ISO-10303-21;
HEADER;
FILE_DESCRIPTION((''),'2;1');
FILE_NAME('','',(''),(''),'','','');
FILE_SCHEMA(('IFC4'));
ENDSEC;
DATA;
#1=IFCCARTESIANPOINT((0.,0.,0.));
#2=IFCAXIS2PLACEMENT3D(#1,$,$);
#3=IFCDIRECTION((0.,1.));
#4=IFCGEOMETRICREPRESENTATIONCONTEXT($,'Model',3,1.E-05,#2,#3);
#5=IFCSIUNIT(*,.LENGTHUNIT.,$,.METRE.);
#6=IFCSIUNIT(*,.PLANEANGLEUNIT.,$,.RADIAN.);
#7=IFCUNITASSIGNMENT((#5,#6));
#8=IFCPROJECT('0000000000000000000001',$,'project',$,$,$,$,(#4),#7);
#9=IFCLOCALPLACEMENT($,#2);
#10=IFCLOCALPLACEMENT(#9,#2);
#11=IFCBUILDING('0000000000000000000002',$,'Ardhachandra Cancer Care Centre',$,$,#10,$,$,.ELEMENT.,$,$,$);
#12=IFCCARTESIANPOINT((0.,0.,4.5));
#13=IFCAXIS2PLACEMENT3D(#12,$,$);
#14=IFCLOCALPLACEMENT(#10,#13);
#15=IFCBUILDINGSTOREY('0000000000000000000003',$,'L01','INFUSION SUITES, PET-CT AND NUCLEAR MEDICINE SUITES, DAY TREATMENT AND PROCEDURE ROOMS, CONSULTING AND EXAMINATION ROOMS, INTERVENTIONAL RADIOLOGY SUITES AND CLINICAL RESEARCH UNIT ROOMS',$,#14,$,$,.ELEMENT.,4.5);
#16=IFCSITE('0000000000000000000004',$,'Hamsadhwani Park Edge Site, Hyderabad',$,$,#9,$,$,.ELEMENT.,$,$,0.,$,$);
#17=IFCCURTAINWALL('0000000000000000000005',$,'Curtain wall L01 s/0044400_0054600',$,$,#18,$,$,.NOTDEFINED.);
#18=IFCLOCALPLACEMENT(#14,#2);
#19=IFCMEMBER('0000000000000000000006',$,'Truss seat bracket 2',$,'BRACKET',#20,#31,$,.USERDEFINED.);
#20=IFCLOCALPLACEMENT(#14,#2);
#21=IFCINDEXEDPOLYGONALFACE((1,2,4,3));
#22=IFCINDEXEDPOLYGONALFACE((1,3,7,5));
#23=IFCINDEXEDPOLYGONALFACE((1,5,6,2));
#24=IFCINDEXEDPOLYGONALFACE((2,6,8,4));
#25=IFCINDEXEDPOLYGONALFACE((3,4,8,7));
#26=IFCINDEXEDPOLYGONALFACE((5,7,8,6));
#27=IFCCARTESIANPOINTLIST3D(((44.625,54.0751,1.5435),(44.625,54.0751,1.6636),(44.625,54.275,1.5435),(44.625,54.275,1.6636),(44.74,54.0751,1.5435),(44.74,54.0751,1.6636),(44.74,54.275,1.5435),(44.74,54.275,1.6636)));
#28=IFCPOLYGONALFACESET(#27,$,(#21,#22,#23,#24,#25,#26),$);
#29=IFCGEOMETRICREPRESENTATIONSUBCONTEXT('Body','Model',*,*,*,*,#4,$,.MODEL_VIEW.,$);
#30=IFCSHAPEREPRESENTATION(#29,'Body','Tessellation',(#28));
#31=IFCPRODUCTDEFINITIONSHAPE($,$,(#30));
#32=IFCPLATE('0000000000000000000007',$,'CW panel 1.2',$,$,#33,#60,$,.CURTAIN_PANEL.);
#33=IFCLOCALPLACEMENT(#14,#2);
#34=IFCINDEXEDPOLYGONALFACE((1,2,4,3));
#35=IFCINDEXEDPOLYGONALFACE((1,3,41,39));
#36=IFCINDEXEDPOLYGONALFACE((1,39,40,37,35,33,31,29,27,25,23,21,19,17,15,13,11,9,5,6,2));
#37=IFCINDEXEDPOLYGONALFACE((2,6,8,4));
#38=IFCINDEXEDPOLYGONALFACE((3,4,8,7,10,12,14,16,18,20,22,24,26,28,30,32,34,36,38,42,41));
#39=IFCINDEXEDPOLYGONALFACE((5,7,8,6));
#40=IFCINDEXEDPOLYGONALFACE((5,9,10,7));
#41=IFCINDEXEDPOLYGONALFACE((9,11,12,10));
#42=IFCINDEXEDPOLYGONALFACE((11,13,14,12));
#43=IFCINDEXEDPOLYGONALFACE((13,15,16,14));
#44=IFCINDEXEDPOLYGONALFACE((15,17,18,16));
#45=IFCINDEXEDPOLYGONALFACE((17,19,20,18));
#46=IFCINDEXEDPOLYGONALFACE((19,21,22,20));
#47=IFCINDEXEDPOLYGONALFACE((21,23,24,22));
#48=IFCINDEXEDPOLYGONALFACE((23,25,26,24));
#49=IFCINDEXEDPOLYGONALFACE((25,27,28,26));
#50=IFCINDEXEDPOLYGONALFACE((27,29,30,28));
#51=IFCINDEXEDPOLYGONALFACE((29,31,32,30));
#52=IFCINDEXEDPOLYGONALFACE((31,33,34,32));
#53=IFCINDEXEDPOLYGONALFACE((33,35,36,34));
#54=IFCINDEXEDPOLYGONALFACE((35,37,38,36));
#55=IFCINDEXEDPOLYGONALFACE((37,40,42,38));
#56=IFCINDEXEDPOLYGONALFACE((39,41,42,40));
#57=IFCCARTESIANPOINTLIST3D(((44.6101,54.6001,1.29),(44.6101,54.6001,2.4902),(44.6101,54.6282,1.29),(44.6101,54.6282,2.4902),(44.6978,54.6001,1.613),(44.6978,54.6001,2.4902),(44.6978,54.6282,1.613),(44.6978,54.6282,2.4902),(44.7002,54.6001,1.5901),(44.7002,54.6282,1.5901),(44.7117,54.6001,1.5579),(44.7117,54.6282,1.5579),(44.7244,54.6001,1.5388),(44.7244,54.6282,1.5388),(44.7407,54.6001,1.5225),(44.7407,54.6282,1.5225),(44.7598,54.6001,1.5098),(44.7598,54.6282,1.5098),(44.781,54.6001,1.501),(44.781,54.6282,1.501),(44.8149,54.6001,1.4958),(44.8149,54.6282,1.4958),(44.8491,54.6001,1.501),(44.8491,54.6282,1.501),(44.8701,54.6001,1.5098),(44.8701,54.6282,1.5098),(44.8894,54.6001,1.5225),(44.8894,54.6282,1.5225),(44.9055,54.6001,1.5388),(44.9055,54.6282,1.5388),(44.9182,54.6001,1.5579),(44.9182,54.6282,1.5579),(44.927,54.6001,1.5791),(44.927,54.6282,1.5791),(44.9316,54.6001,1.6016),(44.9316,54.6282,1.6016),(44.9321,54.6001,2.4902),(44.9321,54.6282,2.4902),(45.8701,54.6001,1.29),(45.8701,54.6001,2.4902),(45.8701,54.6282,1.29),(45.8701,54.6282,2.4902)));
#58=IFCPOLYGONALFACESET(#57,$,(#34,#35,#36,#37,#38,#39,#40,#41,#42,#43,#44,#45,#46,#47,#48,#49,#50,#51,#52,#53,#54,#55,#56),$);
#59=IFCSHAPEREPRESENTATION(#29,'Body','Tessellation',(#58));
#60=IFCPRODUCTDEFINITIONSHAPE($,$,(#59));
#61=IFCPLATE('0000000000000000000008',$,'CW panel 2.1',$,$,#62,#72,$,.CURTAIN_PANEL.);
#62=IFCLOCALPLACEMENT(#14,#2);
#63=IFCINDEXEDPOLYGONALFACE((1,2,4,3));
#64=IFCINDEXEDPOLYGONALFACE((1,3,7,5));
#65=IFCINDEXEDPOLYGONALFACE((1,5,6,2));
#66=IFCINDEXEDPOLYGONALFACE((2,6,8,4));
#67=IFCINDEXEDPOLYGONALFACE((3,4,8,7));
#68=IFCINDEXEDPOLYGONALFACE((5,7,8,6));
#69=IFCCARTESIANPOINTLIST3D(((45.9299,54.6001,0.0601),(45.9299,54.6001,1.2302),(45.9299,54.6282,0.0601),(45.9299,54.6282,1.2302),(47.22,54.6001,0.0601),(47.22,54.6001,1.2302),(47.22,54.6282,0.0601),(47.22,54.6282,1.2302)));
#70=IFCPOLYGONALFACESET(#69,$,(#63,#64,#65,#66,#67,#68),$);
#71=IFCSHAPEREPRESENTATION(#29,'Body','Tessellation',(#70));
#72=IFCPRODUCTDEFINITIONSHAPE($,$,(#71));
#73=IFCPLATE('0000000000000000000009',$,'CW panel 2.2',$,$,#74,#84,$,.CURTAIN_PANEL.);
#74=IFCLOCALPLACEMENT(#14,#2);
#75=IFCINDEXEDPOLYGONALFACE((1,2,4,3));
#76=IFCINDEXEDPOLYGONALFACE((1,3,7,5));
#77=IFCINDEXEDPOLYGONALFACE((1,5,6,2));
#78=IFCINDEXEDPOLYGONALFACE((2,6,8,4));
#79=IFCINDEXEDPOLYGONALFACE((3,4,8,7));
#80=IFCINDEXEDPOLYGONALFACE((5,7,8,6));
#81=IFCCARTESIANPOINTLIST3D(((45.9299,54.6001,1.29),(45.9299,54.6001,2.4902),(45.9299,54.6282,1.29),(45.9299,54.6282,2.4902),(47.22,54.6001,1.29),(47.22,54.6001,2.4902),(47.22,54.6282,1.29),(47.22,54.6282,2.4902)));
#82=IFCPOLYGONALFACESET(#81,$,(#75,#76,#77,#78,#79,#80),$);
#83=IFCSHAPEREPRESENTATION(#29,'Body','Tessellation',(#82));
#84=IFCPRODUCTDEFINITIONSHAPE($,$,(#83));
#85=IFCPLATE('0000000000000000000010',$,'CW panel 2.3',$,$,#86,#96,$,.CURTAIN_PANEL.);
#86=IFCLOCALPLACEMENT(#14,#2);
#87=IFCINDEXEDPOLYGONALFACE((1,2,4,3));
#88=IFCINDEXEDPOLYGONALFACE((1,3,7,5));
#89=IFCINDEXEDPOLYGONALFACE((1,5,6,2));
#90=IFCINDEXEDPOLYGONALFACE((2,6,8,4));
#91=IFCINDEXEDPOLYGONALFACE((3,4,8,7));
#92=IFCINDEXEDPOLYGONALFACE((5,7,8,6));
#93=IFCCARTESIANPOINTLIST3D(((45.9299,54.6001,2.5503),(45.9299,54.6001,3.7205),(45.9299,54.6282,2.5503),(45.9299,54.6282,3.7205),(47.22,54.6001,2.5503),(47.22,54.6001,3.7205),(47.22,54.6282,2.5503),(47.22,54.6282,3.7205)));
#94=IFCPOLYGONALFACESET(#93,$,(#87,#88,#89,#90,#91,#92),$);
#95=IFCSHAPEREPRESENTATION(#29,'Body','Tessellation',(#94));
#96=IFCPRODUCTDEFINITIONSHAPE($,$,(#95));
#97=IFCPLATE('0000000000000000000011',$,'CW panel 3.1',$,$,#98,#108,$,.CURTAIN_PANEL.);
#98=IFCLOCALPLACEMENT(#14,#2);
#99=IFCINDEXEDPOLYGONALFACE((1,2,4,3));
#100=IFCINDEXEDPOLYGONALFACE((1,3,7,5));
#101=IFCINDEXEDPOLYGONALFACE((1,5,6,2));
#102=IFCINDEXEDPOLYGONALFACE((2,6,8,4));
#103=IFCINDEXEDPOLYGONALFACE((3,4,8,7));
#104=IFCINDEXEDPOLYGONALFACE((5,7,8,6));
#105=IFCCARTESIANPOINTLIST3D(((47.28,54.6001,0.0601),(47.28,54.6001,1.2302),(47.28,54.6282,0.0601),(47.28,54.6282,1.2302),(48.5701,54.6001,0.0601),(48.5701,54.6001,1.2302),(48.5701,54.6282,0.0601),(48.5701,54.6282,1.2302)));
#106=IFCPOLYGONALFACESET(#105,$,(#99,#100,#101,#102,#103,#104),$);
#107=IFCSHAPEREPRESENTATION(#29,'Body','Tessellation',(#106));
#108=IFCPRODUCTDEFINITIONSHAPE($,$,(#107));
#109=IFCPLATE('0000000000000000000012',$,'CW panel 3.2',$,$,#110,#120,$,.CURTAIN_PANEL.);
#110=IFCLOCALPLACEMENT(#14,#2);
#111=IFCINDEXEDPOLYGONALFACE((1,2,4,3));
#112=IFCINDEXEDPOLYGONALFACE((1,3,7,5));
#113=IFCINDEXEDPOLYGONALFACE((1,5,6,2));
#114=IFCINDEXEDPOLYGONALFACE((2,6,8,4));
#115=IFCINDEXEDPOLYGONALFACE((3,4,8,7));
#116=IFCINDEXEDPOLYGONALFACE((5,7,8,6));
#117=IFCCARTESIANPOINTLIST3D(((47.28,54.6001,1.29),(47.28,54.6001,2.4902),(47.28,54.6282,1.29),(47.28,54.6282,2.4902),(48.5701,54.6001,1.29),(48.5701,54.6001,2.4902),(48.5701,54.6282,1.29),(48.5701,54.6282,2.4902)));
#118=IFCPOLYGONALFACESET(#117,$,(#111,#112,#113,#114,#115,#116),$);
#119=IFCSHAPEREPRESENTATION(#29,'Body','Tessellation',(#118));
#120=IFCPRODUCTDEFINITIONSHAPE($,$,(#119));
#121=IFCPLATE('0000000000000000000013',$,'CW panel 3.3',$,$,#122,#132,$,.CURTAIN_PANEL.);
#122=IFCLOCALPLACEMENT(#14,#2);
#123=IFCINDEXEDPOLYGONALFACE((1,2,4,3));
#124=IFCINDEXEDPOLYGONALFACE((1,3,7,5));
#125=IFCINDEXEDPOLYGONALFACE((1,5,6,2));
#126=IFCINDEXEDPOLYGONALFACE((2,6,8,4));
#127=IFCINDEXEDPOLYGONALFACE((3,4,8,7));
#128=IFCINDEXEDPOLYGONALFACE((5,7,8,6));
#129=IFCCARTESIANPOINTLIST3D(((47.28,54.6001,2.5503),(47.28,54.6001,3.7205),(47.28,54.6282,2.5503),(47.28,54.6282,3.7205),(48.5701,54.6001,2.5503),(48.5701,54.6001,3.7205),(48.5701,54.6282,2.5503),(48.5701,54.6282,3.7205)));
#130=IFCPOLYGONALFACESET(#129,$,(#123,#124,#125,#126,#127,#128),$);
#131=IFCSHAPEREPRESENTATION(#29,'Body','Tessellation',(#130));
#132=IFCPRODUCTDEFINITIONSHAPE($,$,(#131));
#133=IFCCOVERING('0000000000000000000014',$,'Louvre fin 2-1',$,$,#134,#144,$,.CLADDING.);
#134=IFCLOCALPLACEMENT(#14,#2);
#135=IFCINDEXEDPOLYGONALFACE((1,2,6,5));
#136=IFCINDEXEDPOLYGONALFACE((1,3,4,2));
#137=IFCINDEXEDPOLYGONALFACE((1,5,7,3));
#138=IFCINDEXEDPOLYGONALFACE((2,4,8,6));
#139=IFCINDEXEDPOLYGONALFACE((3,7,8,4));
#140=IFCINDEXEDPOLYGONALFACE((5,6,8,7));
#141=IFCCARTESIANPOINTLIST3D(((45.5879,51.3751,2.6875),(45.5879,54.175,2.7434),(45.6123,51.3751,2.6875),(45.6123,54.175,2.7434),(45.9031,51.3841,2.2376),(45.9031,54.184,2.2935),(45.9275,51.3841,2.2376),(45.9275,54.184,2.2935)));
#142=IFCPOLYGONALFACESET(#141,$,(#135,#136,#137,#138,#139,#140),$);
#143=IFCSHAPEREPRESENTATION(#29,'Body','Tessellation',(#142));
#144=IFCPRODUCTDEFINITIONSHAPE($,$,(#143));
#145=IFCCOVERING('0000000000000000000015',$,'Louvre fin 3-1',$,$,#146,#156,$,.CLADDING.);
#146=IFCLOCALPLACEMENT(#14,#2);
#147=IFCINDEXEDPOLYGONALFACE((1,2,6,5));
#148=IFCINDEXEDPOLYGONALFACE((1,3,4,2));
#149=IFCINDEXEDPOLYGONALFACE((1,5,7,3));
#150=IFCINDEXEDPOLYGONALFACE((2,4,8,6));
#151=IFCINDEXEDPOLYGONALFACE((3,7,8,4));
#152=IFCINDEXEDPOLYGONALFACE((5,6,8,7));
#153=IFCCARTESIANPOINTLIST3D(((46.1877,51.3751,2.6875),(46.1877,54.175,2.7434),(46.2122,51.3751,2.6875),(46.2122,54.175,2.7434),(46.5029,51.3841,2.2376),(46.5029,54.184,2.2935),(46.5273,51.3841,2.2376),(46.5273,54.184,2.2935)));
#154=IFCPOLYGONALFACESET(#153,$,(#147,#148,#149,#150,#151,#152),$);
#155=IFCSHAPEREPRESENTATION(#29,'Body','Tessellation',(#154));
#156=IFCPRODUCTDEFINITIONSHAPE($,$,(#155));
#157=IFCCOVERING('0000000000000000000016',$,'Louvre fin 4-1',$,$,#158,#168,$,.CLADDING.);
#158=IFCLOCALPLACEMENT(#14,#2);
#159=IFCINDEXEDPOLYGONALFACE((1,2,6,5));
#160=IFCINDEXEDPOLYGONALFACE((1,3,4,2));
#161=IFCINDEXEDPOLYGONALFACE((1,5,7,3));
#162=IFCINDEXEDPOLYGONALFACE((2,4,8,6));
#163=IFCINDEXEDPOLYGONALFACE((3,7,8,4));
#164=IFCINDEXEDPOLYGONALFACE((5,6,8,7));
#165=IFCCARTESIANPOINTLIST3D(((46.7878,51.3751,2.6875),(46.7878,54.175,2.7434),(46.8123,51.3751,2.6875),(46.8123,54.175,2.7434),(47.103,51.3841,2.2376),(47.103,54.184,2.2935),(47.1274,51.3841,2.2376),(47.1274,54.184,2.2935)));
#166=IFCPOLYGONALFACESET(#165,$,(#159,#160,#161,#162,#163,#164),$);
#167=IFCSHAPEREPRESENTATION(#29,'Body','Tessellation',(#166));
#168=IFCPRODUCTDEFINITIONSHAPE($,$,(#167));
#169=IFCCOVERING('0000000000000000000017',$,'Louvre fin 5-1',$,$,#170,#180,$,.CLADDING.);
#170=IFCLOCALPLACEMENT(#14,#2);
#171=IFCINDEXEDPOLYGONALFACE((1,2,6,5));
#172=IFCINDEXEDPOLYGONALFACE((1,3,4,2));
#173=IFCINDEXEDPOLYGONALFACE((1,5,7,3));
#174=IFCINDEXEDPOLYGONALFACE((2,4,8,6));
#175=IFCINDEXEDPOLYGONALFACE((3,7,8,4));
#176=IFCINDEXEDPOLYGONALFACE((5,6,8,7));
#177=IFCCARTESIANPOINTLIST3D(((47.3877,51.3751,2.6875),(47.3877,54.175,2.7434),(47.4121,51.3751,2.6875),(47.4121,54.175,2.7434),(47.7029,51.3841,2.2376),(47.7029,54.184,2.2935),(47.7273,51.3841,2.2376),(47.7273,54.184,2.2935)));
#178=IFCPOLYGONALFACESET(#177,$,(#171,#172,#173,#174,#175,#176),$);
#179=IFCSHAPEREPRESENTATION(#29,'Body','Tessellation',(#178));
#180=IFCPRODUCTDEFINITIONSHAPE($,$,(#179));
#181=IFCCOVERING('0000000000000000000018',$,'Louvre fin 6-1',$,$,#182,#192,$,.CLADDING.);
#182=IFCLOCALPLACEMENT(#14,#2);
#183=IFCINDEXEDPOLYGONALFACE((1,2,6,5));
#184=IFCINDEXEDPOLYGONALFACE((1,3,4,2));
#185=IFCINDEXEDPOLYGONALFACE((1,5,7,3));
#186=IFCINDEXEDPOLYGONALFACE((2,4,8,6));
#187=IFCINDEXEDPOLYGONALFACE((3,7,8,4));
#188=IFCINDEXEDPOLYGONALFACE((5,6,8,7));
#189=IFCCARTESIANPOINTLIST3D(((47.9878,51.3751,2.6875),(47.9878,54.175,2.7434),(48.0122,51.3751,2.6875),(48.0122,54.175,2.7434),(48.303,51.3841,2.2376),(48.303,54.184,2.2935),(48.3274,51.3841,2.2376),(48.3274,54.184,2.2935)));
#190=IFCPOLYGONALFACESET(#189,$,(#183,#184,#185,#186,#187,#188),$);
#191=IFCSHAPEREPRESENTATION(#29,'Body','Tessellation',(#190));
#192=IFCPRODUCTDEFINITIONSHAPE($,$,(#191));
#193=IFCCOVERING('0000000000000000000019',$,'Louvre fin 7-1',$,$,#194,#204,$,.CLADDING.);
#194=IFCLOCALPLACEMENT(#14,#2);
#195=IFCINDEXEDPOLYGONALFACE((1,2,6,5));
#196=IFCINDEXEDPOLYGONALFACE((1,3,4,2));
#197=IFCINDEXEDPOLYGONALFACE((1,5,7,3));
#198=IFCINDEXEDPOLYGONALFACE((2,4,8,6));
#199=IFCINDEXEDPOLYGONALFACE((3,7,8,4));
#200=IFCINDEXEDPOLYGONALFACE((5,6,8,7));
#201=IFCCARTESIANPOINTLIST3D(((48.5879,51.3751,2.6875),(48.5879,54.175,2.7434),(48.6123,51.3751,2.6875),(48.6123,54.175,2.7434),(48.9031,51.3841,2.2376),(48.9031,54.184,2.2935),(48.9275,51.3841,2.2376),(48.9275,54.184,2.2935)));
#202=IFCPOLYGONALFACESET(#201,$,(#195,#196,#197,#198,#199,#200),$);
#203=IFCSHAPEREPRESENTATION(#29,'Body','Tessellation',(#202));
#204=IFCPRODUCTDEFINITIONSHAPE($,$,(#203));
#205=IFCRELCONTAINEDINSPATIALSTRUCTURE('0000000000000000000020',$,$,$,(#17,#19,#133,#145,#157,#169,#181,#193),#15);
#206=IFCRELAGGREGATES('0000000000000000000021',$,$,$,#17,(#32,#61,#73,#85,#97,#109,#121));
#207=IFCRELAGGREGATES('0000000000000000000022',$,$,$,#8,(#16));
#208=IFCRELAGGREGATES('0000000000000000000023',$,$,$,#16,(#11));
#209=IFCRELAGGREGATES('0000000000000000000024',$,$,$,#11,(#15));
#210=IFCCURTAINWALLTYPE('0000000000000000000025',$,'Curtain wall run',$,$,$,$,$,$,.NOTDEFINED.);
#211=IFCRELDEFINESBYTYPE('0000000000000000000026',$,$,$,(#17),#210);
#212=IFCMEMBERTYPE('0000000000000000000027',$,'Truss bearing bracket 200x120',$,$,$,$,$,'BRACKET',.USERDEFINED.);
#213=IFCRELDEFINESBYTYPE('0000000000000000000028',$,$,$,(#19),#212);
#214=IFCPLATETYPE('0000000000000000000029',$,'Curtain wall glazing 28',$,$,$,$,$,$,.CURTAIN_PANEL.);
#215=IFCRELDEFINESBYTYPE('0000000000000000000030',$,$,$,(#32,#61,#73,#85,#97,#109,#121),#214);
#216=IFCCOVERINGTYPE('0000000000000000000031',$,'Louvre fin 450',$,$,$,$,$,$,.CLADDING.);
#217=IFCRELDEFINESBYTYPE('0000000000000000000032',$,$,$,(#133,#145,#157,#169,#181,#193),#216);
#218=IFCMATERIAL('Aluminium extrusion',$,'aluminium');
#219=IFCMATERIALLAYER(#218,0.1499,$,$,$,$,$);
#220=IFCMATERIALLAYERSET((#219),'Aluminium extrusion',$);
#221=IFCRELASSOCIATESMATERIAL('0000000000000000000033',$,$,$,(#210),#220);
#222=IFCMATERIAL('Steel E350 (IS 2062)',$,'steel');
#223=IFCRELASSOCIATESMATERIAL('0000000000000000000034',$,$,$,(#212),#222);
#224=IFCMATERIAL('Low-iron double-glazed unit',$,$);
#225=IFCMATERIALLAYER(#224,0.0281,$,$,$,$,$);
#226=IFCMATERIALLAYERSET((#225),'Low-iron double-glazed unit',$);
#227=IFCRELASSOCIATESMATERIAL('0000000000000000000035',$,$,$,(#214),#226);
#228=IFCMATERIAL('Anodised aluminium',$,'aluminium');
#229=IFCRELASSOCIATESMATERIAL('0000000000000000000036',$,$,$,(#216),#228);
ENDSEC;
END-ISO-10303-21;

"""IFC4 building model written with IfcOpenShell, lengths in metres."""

from ifc_helpers import new_model, si_unit, direction, frame, origin, origin_2d, place, context, subcontext, project, spatial, polyline, rectangle, outline, extrude, material, layer, layer_set, material_profile, profile_set, type_object, element, aggregate, save


model = new_model("IFC4")

# Units and contexts
model_context = context("Model", 3, precision=1e-05, world=origin(), true_north=direction((0.0, 1.0)))
body_context = subcontext(model_context, "Body", "Model", "MODEL_VIEW")
ifc_project = project(units=[si_unit("LENGTHUNIT", "METRE"), si_unit("PLANEANGLEUNIT", "RADIAN")], contexts=[model_context])

# Site, building, storey
site_placement = place(None, origin())
site = spatial("IfcSite", under=ifc_project, at=site_placement, Name="Hamsadhwani Park Edge Site, Hyderabad", CompositionType="ELEMENT", RefElevation=0.0)
building_placement = place(site_placement, origin())
building = spatial("IfcBuilding", under=site, at=building_placement, Name="Ardhachandra Cancer Care Centre", CompositionType="ELEMENT")
storey_placement = place(building_placement, frame((0.0, 0.0, 4.5)))
storey = spatial("IfcBuildingStorey", under=building, at=storey_placement, Name="L01", Description="INFUSION SUITES, PET-CT AND NUCLEAR MEDICINE SUITES, DAY TREATMENT AND PROCEDURE ROOMS, CONSULTING AND EXAMINATION ROOMS, INTERVENTIONAL RADIOLOGY SUITES AND CLINICAL RESEARCH UNIT ROOMS", CompositionType="ELEMENT", Elevation=4.5)

# Curtain wall
ifc_material_1 = material(Name="Aluminium extrusion", Category="aluminium")
ifc_layer_1 = layer(ifc_material_1, 0.1499)
ifc_layer_set_1 = layer_set([ifc_layer_1], Name="Aluminium extrusion")
curtain_wall_type = type_object("IfcCurtainWallType", Name="Curtain wall run", PredefinedType="NOTDEFINED", material=ifc_layer_set_1)
curtain_wall_placement = place(storey_placement, origin())
curtain_wall = element("IfcCurtainWall", 1, at=curtain_wall_placement, inside=storey, type_object=curtain_wall_type, Name="Curtain wall L01 s/0044400_0054600", PredefinedType="NOTDEFINED")

# Member
ifc_material_2 = material(Name="Steel E350 (IS 2062)", Category="steel")
ifc_material_profile_1 = material_profile(ifc_material_2, rectangle(XDim=0.2, YDim=0.1201, at=origin_2d()), Name="PL 200x120")
ifc_profile_set_1 = profile_set([ifc_material_profile_1], Name="Steel E350 (IS 2062)")
member_type_1 = type_object("IfcMemberType", Name="Truss bearing bracket 200x120", ElementType="BRACKET", PredefinedType="USERDEFINED", material=ifc_profile_set_1)
member_1_placement = place(storey_placement, frame((44.625, 54.175, 1.6035), z_axis=(1.0, 0.0, 0.0), x_axis=(0.0, 1.0, 0.0)))
element("IfcMember", 2, at=member_1_placement, inside=storey, type_object=member_type_1, Name="Truss seat bracket 2", ObjectType="BRACKET", PredefinedType="USERDEFINED", context=body_context, shape_type="SweptSolid", body=[
    extrude(rectangle(XDim=0.2, YDim=0.1201, at=origin_2d()), origin(), (0.0, 0.0, 1.0), 0.115),
])

# Plates
ifc_material_3 = material(Name="Low-iron double-glazed unit")
ifc_layer_2 = layer(ifc_material_3, 0.0281)
ifc_layer_set_2 = layer_set([ifc_layer_2], Name="Low-iron double-glazed unit")
plate_type = type_object("IfcPlateType", Name="Curtain wall glazing 28", PredefinedType="CURTAIN_PANEL", material=ifc_layer_set_2)
plate_1_placement = place(storey_placement, frame((45.8701, 54.6001, 2.4902), z_axis=(0.0, 1.0, 0.0), x_axis=(0.0, 0.0, -1.0)))
plate_1 = element("IfcPlate", 3, at=plate_1_placement, type_object=plate_type, Name="CW panel 1.2", PredefinedType="CURTAIN_PANEL", context=body_context, shape_type="SweptSolid", body=[
    extrude(outline(polyline([(0.0, 0.0), (1.2002, 0.0), (1.2002, 1.26), (0.0, 1.26), (0.0, 1.1724), (0.8772, 1.1724), (0.9001, 1.1699), (0.9324, 1.1584), (0.9514, 1.1458), (0.9678, 1.1294), (0.9805, 1.1104), (0.9893, 1.0891), (0.9944, 1.0552), (0.9893, 1.021), (0.9805, 1.0), (0.9678, 0.9807), (0.9514, 0.9646), (0.9324, 0.9519), (0.9111, 0.9431), (0.8887, 0.9385), (0.0, 0.938), (0.0, 0.0)])), origin(), (0.0, 0.0, 1.0), 0.0281),
])
plate_2_placement = place(storey_placement, frame((45.9299, 54.6001, 0.0601), z_axis=(0.0, 1.0, 0.0), x_axis=(0.0, 0.0, 1.0)))
plate_2 = element("IfcPlate", 4, at=plate_2_placement, type_object=plate_type, Name="CW panel 2.1", PredefinedType="CURTAIN_PANEL", context=body_context, shape_type="SweptSolid", body=[
    extrude(outline(polyline([(0.0, 0.0), (1.1702, 0.0), (1.1702, 1.29), (0.0, 1.29), (0.0, 0.0)])), origin(), (0.0, 0.0, 1.0), 0.0281),
])
plate_3_placement = place(storey_placement, frame((45.9299, 54.6001, 1.29), z_axis=(0.0, 1.0, 0.0), x_axis=(0.0, 0.0, 1.0)))
plate_3 = element("IfcPlate", 5, at=plate_3_placement, type_object=plate_type, Name="CW panel 2.2", PredefinedType="CURTAIN_PANEL", context=body_context, shape_type="SweptSolid", body=[
    extrude(outline(polyline([(0.0, 0.0), (1.2002, 0.0), (1.2002, 1.29), (0.0, 1.29), (0.0, 0.0)])), origin(), (0.0, 0.0, 1.0), 0.0281),
])
plate_4_placement = place(storey_placement, frame((45.9299, 54.6001, 2.5503), z_axis=(0.0, 1.0, 0.0), x_axis=(0.0, 0.0, 1.0)))
plate_4 = element("IfcPlate", 6, at=plate_4_placement, type_object=plate_type, Name="CW panel 2.3", PredefinedType="CURTAIN_PANEL", context=body_context, shape_type="SweptSolid", body=[
    extrude(outline(polyline([(0.0, 0.0), (1.1702, 0.0), (1.1702, 1.29), (0.0, 1.29), (0.0, 0.0)])), origin(), (0.0, 0.0, 1.0), 0.0281),
])
plate_5_placement = place(storey_placement, frame((47.28, 54.6001, 0.0601), z_axis=(0.0, 1.0, 0.0), x_axis=(0.0, 0.0, 1.0)))
plate_5 = element("IfcPlate", 7, at=plate_5_placement, type_object=plate_type, Name="CW panel 3.1", PredefinedType="CURTAIN_PANEL", context=body_context, shape_type="SweptSolid", body=[
    extrude(outline(polyline([(0.0, 0.0), (1.1702, 0.0), (1.1702, 1.29), (0.0, 1.29), (0.0, 0.0)])), origin(), (0.0, 0.0, 1.0), 0.0281),
])
plate_6_placement = place(storey_placement, frame((47.28, 54.6001, 1.29), z_axis=(0.0, 1.0, 0.0), x_axis=(0.0, 0.0, 1.0)))
plate_6 = element("IfcPlate", 8, at=plate_6_placement, type_object=plate_type, Name="CW panel 3.2", PredefinedType="CURTAIN_PANEL", context=body_context, shape_type="SweptSolid", body=[
    extrude(outline(polyline([(0.0, 0.0), (1.2002, 0.0), (1.2002, 1.29), (0.0, 1.29), (0.0, 0.0)])), origin(), (0.0, 0.0, 1.0), 0.0281),
])
plate_7_placement = place(storey_placement, frame((47.28, 54.6001, 2.5503), z_axis=(0.0, 1.0, 0.0), x_axis=(0.0, 0.0, 1.0)))
plate_7 = element("IfcPlate", 9, at=plate_7_placement, type_object=plate_type, Name="CW panel 3.3", PredefinedType="CURTAIN_PANEL", context=body_context, shape_type="SweptSolid", body=[
    extrude(outline(polyline([(0.0, 0.0), (1.1702, 0.0), (1.1702, 1.29), (0.0, 1.29), (0.0, 0.0)])), origin(), (0.0, 0.0, 1.0), 0.0281),
])
aggregate(curtain_wall, [plate_1, plate_2, plate_3, plate_4, plate_5, plate_6, plate_7])

# Coverings
ifc_material_4 = material(Name="Anodised aluminium", Category="aluminium")
ifc_material_profile_2 = material_profile(ifc_material_4, outline(polyline([(-0.0122, 0.0), (0.0122, 0.0), (0.3274, -0.45), (0.303, -0.45), (-0.0122, 0.0)])), Name="Louvre fin 450")
ifc_profile_set_2 = profile_set([ifc_material_profile_2], Name="Anodised aluminium")
covering_type = type_object("IfcCoveringType", Name="Louvre fin 450", PredefinedType="CLADDING", material=ifc_profile_set_2)
for number, where, z_axis, x_axis, name in (
    (10, (45.6001, 54.175, 2.7434), (0.0, -0.999801, -0.019963), (1.0, 0.0, 0.0), "Louvre fin 2-1"),
    (11, (46.2, 54.175, 2.7434), (0.0, -0.999801, -0.019963), (1.0, 0.0, 0.0), "Louvre fin 3-1"),
    (12, (46.8, 54.175, 2.7434), (0.0, -0.999801, -0.019963), (1.0, 0.0, 0.0), "Louvre fin 4-1"),
    (13, (47.3999, 54.175, 2.7434), (0.0, -0.999801, -0.019963), (1.0, 0.0, 0.0), "Louvre fin 5-1"),
    (14, (48.0, 54.175, 2.7434), (0.0, -0.999801, -0.019963), (1.0, 0.0, 0.0), "Louvre fin 6-1"),
    (15, (48.6001, 54.175, 2.7434), (0.0, -0.999801, -0.019963), (1.0, 0.0, 0.0), "Louvre fin 7-1"),
):
    element("IfcCovering", number, at=place(storey_placement, frame(where, z_axis=z_axis, x_axis=x_axis)), inside=storey, type_object=covering_type, Name=name, PredefinedType="CLADDING", context=body_context, shape_type="SweptSolid", body=[
        extrude(outline(polyline([(-0.0122, 0.0), (0.0122, 0.0), (0.3274, -0.45), (0.303, -0.45), (-0.0122, 0.0)])), origin(), (0.0, 0.0, 1.0), 2.8005),
    ])

save(model, "model.ifc")
